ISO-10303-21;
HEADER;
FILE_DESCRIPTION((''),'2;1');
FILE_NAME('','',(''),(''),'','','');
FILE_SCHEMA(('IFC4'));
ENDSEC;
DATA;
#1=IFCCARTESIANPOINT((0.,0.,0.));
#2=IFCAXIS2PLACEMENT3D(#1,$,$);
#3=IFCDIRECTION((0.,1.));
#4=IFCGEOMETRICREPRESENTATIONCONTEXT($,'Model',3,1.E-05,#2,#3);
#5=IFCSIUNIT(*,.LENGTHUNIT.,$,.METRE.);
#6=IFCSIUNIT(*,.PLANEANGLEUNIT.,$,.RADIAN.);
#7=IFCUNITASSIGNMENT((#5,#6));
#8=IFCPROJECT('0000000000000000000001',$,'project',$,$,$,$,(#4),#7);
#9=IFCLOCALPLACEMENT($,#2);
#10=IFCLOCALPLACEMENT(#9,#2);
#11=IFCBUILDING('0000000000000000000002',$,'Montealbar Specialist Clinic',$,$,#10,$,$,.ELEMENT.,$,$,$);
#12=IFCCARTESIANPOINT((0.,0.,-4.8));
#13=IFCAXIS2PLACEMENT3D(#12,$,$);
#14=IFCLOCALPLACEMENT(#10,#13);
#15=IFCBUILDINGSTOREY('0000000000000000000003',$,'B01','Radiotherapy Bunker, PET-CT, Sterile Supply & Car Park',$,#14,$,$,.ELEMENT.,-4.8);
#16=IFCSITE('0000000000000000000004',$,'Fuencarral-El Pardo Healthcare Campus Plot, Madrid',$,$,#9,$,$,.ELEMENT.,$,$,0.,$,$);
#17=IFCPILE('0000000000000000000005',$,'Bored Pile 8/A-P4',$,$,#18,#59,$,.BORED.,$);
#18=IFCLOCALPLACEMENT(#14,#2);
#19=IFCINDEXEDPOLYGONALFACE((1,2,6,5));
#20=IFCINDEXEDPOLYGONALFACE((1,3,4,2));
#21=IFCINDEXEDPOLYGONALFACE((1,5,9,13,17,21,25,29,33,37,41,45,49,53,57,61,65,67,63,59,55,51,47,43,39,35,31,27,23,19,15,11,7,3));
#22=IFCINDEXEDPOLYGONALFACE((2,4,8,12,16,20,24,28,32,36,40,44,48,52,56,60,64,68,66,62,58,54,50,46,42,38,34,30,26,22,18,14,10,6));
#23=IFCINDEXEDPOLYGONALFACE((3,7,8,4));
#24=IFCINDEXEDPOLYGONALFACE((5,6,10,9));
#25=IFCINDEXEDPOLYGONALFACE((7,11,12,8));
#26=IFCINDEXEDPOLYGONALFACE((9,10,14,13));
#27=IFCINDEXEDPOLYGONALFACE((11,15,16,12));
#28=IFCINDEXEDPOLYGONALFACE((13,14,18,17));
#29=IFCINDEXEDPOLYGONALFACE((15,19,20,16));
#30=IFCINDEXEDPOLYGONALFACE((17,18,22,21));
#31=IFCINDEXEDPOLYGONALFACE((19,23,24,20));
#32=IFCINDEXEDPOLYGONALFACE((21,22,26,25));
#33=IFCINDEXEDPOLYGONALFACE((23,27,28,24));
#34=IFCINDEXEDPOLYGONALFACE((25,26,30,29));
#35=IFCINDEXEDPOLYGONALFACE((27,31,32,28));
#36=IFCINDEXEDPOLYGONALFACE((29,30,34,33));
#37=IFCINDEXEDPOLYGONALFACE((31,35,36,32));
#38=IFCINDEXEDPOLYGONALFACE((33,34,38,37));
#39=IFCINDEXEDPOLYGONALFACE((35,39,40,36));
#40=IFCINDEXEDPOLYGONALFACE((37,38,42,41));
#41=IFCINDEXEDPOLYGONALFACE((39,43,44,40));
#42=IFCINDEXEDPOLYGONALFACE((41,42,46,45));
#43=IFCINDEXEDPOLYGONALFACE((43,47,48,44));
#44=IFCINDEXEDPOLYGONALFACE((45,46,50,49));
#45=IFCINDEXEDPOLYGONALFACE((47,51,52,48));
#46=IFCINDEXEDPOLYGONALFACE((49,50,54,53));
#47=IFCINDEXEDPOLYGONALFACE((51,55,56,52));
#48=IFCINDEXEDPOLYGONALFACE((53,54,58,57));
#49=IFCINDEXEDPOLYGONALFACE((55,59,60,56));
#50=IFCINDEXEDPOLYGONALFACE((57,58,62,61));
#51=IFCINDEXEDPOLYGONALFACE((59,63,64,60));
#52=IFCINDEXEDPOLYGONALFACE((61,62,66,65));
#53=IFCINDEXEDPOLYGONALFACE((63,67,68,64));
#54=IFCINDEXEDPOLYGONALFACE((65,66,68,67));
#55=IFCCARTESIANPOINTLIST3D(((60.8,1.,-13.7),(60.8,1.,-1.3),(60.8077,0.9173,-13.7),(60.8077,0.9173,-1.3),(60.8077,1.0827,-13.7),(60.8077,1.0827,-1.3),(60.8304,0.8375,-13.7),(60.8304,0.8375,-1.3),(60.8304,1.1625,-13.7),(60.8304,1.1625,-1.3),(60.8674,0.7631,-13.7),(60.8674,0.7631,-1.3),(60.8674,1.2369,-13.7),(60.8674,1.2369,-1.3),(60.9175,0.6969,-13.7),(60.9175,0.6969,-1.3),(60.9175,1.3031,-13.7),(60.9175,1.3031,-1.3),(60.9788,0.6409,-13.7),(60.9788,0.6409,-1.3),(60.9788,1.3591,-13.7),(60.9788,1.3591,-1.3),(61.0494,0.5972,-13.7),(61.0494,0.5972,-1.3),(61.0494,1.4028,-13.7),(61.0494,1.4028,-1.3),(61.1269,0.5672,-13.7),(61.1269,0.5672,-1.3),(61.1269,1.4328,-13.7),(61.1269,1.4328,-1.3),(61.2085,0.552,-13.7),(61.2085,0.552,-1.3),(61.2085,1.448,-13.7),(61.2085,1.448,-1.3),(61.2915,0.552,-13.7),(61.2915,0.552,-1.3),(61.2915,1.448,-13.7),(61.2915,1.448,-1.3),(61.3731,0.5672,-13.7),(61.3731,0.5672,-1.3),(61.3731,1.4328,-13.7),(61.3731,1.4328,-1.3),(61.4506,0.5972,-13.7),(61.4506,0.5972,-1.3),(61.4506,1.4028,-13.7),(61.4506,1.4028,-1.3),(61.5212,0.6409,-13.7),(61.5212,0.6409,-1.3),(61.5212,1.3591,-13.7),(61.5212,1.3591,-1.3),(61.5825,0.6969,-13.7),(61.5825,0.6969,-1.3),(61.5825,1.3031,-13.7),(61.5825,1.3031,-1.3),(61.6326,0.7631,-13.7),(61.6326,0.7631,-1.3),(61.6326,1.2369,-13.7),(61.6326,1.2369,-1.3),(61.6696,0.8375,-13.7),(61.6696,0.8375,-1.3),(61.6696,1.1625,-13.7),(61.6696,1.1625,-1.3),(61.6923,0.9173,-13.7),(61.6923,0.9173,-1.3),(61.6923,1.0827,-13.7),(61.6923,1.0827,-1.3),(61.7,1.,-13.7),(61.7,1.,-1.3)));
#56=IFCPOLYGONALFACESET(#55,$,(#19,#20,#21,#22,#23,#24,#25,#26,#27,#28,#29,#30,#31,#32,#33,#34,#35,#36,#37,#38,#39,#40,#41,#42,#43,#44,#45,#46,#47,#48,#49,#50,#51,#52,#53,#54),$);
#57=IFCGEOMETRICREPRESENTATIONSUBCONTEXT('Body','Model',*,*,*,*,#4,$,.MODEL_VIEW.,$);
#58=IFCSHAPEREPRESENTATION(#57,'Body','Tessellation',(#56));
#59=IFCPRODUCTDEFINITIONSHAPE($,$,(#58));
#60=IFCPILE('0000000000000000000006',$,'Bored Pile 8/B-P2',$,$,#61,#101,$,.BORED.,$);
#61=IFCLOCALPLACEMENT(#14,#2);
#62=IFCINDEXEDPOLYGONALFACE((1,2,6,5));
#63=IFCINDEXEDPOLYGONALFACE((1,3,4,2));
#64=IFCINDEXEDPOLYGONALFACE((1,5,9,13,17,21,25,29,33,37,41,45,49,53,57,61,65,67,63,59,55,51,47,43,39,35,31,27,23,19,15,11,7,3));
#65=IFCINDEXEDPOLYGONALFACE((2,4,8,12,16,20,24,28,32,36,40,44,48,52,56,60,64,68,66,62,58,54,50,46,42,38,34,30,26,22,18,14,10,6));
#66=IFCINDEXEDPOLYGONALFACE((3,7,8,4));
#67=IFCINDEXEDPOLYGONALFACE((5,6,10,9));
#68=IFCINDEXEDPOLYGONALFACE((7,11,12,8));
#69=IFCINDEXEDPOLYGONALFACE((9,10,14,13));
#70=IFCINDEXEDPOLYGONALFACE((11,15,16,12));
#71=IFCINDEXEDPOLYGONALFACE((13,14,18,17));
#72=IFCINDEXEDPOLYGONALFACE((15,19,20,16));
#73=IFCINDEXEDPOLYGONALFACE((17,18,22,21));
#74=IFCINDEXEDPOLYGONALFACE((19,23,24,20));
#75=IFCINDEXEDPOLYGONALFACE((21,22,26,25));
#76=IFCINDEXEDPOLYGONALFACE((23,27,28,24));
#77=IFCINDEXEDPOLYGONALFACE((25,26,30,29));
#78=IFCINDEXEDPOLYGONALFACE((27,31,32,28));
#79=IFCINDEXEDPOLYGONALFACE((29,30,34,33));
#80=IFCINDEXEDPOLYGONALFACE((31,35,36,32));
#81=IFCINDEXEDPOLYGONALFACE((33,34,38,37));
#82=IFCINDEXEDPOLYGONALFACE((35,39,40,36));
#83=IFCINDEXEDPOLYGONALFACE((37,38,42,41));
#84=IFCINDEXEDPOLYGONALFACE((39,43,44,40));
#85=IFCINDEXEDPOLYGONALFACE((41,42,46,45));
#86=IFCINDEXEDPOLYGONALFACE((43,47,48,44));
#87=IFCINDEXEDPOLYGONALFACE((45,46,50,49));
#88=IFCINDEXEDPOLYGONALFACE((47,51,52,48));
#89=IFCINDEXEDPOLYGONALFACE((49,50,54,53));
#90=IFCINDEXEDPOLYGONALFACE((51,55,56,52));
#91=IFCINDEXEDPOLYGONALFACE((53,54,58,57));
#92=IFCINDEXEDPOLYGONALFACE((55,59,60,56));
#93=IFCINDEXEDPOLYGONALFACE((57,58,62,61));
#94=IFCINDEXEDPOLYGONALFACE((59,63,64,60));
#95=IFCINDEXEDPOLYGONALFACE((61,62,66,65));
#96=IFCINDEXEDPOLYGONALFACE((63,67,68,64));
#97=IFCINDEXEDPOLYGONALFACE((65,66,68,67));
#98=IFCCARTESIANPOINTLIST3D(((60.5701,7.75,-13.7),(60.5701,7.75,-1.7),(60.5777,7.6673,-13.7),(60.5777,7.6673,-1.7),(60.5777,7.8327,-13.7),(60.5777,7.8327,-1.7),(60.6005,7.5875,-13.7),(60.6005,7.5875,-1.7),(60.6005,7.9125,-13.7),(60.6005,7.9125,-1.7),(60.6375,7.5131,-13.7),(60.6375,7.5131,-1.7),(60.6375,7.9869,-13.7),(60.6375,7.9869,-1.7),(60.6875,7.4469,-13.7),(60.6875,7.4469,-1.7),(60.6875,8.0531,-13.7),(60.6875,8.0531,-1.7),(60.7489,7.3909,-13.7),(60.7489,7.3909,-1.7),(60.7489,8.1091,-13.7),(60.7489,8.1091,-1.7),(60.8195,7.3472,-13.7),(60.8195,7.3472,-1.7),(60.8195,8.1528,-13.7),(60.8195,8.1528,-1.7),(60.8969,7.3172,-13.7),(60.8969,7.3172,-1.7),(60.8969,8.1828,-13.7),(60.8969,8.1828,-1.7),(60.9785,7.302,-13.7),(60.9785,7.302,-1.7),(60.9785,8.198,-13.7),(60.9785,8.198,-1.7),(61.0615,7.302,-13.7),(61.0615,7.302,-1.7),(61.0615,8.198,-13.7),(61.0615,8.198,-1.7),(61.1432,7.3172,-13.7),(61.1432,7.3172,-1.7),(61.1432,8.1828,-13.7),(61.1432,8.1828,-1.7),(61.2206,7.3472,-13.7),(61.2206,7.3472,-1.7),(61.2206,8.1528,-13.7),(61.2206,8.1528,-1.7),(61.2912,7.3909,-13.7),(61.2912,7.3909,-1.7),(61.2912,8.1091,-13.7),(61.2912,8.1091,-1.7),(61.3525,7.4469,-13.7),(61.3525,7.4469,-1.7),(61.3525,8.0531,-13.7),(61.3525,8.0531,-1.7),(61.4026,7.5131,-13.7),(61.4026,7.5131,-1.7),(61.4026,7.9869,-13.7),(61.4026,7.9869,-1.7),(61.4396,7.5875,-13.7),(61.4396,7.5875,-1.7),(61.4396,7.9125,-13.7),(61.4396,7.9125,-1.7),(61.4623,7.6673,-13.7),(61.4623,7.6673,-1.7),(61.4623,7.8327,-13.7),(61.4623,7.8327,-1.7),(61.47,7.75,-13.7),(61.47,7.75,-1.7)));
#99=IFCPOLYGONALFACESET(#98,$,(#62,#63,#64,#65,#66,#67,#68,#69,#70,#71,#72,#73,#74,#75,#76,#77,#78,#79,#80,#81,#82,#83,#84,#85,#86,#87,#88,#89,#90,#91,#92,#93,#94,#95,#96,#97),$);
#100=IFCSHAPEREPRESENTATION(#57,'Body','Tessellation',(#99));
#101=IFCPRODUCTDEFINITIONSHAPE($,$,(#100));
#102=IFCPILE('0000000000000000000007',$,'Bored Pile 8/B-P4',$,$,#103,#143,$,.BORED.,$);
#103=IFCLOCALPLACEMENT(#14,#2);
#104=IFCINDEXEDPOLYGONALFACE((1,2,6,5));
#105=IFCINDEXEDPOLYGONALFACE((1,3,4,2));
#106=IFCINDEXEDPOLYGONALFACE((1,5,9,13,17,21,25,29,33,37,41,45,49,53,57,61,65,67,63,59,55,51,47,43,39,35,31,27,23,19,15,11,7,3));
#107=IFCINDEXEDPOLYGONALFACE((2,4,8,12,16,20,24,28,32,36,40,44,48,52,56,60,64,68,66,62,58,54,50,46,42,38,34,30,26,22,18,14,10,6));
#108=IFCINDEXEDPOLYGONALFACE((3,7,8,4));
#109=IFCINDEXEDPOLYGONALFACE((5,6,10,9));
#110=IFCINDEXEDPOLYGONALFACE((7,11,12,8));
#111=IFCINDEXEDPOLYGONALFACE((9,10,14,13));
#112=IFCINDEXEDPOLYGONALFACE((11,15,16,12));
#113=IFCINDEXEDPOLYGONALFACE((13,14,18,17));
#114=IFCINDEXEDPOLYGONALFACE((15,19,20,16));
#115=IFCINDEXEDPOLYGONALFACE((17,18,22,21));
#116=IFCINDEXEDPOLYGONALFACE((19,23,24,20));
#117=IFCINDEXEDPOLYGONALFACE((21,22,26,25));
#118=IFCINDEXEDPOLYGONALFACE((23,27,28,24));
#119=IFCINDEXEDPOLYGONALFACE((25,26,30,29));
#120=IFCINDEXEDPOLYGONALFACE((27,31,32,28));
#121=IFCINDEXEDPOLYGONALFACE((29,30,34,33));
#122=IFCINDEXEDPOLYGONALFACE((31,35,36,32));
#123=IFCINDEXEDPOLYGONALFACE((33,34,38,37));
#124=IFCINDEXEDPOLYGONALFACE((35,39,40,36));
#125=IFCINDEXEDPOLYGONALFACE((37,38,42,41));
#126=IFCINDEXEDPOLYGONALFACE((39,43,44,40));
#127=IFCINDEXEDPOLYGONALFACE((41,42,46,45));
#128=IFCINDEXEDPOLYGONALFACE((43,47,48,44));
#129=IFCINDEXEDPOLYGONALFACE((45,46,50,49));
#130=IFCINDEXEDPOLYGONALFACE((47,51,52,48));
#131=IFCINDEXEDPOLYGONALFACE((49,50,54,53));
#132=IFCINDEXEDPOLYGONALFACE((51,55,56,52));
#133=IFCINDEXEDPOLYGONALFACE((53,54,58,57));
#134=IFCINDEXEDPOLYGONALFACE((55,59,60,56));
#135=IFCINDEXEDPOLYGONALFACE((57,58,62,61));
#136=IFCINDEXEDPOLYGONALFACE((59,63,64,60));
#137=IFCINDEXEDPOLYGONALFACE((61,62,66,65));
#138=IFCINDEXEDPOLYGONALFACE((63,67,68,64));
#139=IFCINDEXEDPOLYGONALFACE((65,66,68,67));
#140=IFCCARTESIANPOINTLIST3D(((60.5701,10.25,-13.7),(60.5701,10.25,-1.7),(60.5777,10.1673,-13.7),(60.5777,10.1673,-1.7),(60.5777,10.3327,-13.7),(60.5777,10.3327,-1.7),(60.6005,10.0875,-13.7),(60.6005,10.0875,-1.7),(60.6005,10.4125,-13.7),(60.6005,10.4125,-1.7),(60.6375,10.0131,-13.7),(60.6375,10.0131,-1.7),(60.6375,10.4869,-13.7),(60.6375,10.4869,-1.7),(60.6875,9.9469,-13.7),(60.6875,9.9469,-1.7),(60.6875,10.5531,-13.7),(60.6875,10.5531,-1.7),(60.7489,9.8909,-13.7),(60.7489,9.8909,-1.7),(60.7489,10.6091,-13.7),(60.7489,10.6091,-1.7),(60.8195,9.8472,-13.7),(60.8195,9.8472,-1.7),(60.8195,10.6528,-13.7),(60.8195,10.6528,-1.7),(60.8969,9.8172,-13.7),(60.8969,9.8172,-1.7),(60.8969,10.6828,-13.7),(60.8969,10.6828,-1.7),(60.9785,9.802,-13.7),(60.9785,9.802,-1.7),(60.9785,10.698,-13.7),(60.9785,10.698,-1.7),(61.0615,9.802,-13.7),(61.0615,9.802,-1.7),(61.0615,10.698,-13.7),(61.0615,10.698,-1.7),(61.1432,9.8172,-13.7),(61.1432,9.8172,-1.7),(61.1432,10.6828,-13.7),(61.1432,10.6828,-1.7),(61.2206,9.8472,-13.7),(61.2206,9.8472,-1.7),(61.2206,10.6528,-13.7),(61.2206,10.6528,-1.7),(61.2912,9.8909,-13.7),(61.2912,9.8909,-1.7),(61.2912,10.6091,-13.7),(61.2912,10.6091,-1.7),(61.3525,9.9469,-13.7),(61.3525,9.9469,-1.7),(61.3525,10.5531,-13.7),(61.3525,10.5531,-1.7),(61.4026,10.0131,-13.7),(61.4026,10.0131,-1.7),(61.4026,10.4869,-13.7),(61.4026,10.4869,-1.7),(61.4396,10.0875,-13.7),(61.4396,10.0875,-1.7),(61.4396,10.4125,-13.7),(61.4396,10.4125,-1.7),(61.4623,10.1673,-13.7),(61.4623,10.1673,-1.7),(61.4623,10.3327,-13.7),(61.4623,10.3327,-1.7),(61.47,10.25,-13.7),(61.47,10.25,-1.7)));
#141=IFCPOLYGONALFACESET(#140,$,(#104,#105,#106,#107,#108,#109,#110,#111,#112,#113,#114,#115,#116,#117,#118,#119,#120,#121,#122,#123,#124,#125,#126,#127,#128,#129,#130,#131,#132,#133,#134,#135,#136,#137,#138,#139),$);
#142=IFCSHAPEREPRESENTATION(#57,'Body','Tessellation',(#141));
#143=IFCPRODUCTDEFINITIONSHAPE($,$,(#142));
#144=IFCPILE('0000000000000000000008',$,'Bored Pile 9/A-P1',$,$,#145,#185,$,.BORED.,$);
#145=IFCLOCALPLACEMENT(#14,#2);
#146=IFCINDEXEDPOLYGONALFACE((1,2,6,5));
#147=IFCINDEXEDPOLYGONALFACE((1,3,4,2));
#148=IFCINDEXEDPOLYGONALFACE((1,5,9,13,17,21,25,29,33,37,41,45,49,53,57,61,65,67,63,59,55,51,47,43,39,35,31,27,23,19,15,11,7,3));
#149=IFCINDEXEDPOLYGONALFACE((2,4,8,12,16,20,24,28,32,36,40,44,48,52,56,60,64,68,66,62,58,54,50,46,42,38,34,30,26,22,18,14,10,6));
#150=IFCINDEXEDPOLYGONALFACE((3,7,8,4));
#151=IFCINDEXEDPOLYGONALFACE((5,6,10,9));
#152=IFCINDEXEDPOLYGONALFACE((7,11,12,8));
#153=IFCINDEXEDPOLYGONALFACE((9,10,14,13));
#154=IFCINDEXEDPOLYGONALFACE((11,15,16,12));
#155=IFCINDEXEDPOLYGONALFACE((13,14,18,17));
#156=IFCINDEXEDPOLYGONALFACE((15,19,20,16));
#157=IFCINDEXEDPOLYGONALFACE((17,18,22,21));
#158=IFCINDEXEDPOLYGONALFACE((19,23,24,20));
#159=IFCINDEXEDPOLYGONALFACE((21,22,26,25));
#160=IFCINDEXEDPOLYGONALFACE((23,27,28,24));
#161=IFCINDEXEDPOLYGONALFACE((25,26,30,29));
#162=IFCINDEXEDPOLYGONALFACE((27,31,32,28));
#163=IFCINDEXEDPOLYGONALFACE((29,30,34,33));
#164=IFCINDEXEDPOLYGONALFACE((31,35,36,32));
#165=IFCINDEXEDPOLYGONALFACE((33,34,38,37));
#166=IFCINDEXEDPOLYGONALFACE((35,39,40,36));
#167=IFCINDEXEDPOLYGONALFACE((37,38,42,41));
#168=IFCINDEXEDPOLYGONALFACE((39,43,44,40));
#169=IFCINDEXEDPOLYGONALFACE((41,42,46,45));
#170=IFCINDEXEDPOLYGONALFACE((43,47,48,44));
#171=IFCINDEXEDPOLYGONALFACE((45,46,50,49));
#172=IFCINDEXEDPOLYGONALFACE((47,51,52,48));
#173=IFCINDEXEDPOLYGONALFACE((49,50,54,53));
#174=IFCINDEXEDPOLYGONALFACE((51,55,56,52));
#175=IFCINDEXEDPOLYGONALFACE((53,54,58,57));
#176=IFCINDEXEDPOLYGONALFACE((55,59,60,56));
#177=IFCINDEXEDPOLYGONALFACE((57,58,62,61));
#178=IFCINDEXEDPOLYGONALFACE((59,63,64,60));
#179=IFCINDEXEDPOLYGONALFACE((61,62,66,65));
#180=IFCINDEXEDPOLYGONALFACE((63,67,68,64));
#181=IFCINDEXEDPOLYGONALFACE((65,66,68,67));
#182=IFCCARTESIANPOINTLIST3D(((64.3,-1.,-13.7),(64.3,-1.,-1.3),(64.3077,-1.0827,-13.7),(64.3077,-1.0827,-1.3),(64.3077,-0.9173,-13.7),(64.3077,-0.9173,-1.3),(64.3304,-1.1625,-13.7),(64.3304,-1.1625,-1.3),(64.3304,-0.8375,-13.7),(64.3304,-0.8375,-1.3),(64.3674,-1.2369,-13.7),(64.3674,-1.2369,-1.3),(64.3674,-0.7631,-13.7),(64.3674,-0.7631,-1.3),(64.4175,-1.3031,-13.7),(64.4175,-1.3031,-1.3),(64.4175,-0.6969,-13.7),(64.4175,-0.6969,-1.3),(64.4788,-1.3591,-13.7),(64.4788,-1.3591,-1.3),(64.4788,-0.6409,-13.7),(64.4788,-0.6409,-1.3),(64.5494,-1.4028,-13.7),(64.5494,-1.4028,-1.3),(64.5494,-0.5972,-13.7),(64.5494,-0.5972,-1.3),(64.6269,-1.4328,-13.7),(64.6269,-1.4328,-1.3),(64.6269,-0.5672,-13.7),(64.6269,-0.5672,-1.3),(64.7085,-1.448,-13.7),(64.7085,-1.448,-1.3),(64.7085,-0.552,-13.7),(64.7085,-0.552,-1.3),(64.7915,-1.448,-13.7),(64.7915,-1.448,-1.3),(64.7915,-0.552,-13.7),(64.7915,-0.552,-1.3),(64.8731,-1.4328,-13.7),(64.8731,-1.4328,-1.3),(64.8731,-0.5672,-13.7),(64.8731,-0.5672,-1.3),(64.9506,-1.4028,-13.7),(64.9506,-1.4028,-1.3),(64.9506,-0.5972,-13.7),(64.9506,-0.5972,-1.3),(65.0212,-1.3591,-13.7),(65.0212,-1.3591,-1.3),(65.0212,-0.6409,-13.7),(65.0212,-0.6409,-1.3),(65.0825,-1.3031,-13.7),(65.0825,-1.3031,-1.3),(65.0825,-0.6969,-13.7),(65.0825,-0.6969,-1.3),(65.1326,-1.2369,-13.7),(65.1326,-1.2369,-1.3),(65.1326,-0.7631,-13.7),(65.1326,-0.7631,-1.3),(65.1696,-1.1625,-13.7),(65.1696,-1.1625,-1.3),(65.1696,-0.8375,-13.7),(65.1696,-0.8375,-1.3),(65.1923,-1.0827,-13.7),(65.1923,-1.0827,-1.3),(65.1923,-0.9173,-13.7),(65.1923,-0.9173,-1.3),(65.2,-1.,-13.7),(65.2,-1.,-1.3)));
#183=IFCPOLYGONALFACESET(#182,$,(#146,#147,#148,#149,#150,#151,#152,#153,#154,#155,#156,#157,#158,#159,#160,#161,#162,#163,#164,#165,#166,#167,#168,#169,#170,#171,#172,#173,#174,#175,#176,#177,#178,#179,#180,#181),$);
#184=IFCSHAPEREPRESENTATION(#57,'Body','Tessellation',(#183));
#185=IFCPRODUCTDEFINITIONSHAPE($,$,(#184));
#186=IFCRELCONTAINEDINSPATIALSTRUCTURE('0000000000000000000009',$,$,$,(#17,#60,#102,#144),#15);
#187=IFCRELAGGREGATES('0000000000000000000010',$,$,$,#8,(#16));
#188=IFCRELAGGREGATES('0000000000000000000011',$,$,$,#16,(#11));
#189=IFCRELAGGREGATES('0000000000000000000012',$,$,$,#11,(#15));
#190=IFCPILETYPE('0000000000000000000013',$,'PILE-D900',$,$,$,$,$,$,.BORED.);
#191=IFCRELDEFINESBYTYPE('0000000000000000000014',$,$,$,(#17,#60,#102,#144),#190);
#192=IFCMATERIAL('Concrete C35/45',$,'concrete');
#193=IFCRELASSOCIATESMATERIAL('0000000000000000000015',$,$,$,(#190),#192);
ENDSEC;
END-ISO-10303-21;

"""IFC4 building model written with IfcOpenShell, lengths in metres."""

from ifc_helpers import new_model, si_unit, direction, frame, origin, origin_2d, place, context, subcontext, project, spatial, circle, extrude, material, material_profile, profile_set, type_object, element, save


model = new_model("IFC4")

# Units and contexts
model_context = context("Model", 3, precision=1e-05, world=origin(), true_north=direction((0.0, 1.0)))
body_context = subcontext(model_context, "Body", "Model", "MODEL_VIEW")
ifc_project = project(units=[si_unit("LENGTHUNIT", "METRE"), si_unit("PLANEANGLEUNIT", "RADIAN")], contexts=[model_context])

# Site, building, storey
site_placement = place(None, origin())
site = spatial("IfcSite", under=ifc_project, at=site_placement, Name="Fuencarral-El Pardo Healthcare Campus Plot, Madrid", CompositionType="ELEMENT", RefElevation=0.0)
building_placement = place(site_placement, origin())
building = spatial("IfcBuilding", under=site, at=building_placement, Name="Montealbar Specialist Clinic", CompositionType="ELEMENT")
storey_placement = place(building_placement, frame((0.0, 0.0, -4.8)))
storey = spatial("IfcBuildingStorey", under=building, at=storey_placement, Name="B01", Description="Radiotherapy Bunker, PET-CT, Sterile Supply & Car Park", CompositionType="ELEMENT", Elevation=-4.8)

# Shared definitions
ifc_material_1 = material(Name="Concrete C35/45", Category="concrete")

# Piles
ifc_material_profile_1 = material_profile(ifc_material_1, circle(Radius=0.45, at=origin_2d()), Name="PILE D900", Category="concrete")
ifc_profile_set_1 = profile_set([ifc_material_profile_1], Name="Concrete C35/45")
pile_type_1 = type_object("IfcPileType", Name="PILE-D900", PredefinedType="BORED", material=ifc_profile_set_1)
for number, where, z_axis, x_axis, name in (
    (1, (61.25, 1.0, -1.3), (0.0, 0.0, -1.0), (1.0, 0.0, 0.0), "Bored Pile 8/A-P4"),
):
    element("IfcPile", number, at=place(storey_placement, frame(where, z_axis=z_axis, x_axis=x_axis)), inside=storey, type_object=pile_type_1, Name=name, PredefinedType="BORED", context=body_context, shape_type="SweptSolid", body=[
        extrude(circle(Radius=0.45, at=origin_2d()), origin(), (0.0, 0.0, 1.0), 12.3999),
    ])
for number, where, z_axis, x_axis, name in (
    (2, (61.02, 7.75, -1.7), (0.0, 0.0, -1.0), (1.0, 0.0, 0.0), "Bored Pile 8/B-P2"),
    (3, (61.02, 10.25, -1.7), (0.0, 0.0, -1.0), (1.0, 0.0, 0.0), "Bored Pile 8/B-P4"),
):
    element("IfcPile", number, at=place(storey_placement, frame(where, z_axis=z_axis, x_axis=x_axis)), inside=storey, type_object=pile_type_1, Name=name, PredefinedType="BORED", context=body_context, shape_type="SweptSolid", body=[
        extrude(circle(Radius=0.45, at=origin_2d()), origin(), (0.0, 0.0, 1.0), 12.0),
    ])
for number, where, z_axis, x_axis, name in (
    (4, (64.75, -1.0, -1.3), (0.0, 0.0, -1.0), (1.0, 0.0, 0.0), "Bored Pile 9/A-P1"),
):
    element("IfcPile", number, at=place(storey_placement, frame(where, z_axis=z_axis, x_axis=x_axis)), inside=storey, type_object=pile_type_1, Name=name, PredefinedType="BORED", context=body_context, shape_type="SweptSolid", body=[
        extrude(circle(Radius=0.45, at=origin_2d()), origin(), (0.0, 0.0, 1.0), 12.3999),
    ])

save(model, "model.ifc")
